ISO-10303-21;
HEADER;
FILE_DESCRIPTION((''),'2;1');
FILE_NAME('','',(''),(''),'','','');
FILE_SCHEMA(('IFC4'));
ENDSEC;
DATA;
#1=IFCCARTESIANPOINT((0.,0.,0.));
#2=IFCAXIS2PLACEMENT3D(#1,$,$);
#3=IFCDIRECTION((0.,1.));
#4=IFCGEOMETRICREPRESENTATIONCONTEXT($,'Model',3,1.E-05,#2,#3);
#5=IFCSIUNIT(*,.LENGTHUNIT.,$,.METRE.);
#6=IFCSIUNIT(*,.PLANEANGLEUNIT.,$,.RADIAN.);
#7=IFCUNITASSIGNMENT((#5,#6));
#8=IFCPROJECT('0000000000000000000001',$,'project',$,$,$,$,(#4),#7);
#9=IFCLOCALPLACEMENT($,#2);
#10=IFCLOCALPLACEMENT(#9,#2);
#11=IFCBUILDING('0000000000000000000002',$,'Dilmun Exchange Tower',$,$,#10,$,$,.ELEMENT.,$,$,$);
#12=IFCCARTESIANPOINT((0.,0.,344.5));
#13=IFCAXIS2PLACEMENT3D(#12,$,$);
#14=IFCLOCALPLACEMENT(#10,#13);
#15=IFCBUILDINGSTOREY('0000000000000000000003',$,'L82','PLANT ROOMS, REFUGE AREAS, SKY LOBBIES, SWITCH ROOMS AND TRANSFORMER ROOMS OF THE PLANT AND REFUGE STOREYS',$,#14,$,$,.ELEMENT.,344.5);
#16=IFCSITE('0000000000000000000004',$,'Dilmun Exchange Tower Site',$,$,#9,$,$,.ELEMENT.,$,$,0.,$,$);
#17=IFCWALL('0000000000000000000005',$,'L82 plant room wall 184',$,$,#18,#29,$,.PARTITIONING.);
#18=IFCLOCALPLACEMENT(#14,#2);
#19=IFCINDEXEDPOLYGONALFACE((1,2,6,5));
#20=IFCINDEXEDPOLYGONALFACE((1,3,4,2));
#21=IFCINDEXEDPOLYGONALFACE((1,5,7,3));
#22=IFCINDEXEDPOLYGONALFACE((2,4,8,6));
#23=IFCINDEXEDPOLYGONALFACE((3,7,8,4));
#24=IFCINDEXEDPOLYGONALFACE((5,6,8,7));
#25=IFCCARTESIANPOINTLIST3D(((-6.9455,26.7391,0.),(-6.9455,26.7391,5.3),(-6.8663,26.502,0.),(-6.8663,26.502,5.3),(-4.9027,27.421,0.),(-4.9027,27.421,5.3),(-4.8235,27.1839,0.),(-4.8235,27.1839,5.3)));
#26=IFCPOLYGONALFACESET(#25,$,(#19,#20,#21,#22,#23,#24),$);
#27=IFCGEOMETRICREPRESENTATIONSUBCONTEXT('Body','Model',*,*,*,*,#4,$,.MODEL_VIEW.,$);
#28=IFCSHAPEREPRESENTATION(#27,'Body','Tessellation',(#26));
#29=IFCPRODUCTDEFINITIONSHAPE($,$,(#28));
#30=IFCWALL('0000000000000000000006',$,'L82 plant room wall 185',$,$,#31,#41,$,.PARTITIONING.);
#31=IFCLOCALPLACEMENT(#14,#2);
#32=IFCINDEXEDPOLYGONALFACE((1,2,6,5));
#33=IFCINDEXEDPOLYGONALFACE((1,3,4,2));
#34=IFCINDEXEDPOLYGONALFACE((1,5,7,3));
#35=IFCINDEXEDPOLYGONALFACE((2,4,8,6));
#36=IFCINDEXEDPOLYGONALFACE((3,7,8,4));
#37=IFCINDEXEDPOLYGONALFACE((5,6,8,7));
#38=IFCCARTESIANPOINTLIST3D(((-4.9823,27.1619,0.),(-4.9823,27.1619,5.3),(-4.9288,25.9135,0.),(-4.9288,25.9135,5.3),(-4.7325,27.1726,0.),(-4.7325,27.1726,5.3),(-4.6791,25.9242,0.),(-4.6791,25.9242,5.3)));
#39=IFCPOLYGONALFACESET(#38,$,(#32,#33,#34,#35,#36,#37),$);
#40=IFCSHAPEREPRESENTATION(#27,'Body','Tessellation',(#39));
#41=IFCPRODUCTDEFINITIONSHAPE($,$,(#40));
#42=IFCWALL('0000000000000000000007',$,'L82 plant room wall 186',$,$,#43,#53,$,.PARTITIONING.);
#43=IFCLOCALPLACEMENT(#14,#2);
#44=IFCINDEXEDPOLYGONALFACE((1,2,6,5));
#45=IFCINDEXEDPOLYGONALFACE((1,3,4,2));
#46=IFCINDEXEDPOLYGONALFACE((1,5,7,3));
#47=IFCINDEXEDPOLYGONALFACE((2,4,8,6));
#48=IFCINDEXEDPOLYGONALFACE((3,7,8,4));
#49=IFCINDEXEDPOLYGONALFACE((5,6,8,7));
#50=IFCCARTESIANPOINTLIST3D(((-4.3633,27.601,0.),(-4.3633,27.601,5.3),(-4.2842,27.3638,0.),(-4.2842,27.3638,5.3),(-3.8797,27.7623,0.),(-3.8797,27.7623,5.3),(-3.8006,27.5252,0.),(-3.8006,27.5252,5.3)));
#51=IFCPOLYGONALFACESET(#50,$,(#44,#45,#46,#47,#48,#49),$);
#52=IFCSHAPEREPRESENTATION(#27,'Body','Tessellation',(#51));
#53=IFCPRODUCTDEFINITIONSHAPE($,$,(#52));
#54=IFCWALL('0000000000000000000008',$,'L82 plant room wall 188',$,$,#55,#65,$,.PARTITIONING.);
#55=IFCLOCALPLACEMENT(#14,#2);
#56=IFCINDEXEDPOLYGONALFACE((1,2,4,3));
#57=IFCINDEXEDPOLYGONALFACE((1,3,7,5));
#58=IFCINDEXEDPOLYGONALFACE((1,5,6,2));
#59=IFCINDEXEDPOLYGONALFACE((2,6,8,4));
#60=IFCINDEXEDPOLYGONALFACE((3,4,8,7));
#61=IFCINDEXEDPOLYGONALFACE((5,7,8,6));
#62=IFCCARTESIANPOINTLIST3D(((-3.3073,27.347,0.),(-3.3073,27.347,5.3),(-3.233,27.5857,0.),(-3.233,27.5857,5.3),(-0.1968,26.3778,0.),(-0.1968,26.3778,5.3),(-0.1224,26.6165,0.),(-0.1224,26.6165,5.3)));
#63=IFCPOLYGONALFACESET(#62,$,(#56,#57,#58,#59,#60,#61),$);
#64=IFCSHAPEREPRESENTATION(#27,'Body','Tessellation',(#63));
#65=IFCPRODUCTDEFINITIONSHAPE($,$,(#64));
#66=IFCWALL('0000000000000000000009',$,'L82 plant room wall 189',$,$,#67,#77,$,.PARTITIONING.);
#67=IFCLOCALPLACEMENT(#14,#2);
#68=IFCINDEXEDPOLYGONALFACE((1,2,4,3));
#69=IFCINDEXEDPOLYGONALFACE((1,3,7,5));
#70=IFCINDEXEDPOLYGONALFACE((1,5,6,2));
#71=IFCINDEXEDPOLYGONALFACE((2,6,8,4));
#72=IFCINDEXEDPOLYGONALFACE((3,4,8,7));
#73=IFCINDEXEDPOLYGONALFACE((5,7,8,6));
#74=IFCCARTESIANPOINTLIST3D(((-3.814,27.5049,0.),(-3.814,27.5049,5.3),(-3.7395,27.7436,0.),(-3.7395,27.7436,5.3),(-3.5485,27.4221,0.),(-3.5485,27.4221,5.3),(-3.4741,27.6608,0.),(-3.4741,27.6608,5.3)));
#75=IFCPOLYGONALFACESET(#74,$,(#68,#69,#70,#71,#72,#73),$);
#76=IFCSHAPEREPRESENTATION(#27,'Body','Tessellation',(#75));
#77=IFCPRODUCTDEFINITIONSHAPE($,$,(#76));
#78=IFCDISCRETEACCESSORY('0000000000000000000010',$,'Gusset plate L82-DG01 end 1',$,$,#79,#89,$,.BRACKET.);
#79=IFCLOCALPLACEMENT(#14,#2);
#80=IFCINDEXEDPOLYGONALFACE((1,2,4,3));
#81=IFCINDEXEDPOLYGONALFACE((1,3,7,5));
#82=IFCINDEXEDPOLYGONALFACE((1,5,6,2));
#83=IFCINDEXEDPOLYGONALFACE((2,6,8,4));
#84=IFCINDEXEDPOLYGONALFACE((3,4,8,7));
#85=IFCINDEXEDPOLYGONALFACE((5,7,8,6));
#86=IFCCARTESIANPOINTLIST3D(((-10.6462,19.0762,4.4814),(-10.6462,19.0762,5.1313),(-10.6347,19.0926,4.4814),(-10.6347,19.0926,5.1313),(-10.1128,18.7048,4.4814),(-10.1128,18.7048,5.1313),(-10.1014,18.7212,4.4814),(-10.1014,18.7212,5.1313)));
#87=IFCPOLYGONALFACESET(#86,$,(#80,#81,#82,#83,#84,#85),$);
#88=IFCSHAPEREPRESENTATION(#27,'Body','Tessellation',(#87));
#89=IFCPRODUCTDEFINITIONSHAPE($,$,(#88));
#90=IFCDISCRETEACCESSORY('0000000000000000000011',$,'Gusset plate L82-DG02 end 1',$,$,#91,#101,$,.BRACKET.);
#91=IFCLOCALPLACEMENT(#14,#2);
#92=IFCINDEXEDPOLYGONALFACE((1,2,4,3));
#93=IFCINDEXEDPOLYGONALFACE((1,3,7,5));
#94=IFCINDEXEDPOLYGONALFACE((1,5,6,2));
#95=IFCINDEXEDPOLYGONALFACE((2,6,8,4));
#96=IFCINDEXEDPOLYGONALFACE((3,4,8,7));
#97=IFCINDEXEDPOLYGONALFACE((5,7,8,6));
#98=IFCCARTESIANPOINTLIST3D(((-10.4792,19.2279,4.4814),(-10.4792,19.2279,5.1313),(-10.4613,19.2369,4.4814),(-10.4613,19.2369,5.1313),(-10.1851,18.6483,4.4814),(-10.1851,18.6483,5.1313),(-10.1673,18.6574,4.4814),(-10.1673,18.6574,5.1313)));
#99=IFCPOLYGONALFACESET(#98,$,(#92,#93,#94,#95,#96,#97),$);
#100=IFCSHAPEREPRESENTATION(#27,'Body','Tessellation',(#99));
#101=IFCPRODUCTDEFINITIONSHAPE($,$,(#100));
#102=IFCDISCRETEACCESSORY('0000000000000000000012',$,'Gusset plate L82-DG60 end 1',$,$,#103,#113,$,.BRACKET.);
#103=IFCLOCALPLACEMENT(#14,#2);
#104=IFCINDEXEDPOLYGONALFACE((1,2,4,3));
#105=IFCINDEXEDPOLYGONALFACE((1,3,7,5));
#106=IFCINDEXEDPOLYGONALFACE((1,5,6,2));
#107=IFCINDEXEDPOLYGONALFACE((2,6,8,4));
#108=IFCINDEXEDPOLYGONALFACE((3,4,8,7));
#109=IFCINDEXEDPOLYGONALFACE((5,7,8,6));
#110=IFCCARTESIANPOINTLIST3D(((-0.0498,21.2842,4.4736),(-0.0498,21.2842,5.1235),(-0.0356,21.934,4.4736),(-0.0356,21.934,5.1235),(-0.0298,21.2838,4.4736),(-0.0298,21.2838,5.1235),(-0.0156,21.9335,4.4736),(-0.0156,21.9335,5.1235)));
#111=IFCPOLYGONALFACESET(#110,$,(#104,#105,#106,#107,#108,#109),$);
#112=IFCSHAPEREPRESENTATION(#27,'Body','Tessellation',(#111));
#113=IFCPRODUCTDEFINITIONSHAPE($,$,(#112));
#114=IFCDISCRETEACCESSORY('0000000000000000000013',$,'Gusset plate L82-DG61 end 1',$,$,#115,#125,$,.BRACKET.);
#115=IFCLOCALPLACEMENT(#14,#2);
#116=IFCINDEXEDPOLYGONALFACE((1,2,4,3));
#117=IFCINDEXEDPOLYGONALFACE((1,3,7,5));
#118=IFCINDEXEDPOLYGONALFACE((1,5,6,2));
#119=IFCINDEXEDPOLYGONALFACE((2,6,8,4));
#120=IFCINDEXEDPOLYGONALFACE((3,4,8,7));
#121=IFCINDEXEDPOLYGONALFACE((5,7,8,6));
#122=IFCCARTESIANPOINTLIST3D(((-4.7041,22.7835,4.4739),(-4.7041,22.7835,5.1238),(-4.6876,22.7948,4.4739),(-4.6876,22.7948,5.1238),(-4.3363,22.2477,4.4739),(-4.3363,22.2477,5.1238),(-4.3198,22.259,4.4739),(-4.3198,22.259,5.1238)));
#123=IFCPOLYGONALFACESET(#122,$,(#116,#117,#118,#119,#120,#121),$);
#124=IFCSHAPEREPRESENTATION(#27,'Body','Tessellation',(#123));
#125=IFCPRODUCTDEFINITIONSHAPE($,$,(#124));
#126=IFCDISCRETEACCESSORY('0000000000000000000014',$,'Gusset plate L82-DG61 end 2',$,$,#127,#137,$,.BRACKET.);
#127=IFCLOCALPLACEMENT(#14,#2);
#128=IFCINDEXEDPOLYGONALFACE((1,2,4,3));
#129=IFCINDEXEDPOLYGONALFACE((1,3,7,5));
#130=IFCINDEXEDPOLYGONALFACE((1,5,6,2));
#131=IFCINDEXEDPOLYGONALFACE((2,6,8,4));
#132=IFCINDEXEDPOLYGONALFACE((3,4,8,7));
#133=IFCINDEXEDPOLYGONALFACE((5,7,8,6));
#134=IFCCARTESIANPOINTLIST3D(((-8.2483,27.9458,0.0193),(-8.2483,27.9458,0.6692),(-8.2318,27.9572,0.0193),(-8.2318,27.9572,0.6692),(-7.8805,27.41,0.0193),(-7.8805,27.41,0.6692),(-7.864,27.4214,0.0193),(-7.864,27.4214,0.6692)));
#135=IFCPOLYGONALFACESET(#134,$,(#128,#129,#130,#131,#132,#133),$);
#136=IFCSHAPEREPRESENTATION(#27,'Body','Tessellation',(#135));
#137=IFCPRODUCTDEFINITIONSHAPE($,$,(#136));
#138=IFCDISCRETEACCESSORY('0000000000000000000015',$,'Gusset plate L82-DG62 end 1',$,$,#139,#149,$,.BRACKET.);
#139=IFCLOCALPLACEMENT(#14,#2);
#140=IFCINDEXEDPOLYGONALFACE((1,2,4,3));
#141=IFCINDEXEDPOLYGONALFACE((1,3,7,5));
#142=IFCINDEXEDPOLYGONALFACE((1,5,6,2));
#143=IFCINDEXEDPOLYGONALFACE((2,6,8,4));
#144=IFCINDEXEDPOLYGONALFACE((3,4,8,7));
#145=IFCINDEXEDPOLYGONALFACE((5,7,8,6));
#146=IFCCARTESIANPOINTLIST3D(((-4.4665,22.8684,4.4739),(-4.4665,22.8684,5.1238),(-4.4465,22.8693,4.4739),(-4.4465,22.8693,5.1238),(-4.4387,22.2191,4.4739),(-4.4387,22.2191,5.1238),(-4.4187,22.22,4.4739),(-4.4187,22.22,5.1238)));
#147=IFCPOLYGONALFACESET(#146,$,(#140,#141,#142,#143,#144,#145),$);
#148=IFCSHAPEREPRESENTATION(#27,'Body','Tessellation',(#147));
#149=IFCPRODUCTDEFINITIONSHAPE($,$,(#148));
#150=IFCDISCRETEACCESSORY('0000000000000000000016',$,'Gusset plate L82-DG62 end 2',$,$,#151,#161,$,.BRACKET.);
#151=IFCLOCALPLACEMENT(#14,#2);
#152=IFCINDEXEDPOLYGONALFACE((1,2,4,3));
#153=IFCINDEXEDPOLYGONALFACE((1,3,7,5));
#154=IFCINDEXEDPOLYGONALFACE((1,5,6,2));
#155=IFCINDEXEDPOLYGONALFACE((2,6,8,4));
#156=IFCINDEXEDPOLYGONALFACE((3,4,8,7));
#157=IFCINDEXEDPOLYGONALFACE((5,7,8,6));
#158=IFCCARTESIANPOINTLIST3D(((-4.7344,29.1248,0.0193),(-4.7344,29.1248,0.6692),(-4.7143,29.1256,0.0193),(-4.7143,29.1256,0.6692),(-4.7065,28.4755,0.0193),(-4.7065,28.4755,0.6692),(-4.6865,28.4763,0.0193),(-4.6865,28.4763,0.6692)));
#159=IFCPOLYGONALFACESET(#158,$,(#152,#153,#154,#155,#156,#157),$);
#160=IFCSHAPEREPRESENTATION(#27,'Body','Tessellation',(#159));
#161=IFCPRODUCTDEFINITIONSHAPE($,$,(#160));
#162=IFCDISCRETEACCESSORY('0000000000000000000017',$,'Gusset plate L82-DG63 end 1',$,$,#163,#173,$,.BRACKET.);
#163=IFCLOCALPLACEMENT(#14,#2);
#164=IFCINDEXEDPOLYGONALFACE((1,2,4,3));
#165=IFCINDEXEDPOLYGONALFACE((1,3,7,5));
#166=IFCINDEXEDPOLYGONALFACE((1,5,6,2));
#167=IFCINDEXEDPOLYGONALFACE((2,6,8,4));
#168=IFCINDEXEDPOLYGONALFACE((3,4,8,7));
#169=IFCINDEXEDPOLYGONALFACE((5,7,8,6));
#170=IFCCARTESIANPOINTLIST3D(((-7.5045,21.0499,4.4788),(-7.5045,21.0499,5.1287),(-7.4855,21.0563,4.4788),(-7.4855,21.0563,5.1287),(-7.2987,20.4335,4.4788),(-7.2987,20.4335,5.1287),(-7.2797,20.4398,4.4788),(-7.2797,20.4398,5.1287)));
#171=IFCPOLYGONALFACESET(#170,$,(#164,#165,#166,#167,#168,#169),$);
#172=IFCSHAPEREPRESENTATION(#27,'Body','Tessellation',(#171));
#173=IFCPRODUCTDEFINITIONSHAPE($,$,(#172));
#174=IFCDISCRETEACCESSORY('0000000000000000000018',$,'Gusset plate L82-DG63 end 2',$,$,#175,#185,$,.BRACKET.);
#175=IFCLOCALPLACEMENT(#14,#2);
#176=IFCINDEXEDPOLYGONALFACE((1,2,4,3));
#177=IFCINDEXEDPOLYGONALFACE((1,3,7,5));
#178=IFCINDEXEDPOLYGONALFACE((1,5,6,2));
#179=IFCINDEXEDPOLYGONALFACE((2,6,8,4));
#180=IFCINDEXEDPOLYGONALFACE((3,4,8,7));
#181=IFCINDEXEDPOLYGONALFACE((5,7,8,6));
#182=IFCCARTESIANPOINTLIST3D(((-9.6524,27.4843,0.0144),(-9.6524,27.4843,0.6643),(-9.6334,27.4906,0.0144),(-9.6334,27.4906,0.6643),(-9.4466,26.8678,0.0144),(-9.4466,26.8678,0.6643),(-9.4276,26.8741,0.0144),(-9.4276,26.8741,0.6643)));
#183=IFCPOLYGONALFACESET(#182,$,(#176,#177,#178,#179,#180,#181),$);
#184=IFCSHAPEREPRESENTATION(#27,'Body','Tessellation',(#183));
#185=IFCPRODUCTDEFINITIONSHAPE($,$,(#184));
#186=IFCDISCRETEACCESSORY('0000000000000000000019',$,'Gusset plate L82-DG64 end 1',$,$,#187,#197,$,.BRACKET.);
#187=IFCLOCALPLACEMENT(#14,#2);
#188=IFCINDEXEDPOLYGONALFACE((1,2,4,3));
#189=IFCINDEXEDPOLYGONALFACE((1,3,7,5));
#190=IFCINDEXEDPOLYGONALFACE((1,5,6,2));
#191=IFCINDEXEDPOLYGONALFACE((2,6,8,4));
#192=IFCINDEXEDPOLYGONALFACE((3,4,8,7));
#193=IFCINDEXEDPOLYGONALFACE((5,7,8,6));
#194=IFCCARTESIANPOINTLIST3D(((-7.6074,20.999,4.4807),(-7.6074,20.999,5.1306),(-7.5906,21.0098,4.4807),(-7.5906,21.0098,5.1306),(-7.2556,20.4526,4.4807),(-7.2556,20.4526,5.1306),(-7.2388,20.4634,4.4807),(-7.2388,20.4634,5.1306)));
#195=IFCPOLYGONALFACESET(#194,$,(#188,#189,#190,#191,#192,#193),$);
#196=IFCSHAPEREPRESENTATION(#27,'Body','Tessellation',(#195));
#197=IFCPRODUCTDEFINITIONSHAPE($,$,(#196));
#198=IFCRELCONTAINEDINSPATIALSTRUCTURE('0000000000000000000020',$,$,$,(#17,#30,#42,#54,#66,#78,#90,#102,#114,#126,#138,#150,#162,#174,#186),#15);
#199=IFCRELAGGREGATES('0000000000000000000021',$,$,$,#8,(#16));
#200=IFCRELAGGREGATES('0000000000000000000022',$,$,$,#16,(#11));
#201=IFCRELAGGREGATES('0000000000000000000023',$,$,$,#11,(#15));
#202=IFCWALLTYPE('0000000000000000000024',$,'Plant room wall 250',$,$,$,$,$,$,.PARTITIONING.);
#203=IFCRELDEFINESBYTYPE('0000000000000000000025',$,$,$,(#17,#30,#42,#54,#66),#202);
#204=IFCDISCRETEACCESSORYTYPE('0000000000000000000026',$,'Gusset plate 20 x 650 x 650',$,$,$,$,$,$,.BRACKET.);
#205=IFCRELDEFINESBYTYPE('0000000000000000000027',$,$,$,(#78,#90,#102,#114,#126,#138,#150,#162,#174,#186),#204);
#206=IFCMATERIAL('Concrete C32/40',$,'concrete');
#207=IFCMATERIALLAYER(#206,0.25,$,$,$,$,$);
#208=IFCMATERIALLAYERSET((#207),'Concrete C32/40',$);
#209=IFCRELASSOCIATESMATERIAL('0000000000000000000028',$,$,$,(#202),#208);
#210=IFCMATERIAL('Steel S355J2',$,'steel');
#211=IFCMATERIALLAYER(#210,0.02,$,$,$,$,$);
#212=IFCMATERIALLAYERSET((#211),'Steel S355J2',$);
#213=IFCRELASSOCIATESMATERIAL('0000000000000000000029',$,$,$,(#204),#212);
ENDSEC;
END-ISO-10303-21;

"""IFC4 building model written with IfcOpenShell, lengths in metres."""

from ifc_helpers import new_model, si_unit, direction, frame, frame_2d, origin, origin_2d, place, context, subcontext, project, spatial, rectangle, extrude, material, layer, layer_set, type_object, element, save


model = new_model("IFC4")

# Units and contexts
model_context = context("Model", 3, precision=1e-05, world=origin(), true_north=direction((0.0, 1.0)))
body_context = subcontext(model_context, "Body", "Model", "MODEL_VIEW")
ifc_project = project(units=[si_unit("LENGTHUNIT", "METRE"), si_unit("PLANEANGLEUNIT", "RADIAN")], contexts=[model_context])

# Site, building, storey
site_placement = place(None, origin())
site = spatial("IfcSite", under=ifc_project, at=site_placement, Name="Dilmun Exchange Tower Site", CompositionType="ELEMENT", RefElevation=0.0)
building_placement = place(site_placement, origin())
building = spatial("IfcBuilding", under=site, at=building_placement, Name="Dilmun Exchange Tower", CompositionType="ELEMENT")
storey_placement = place(building_placement, frame((0.0, 0.0, 344.5)))
storey = spatial("IfcBuildingStorey", under=building, at=storey_placement, Name="L82", Description="PLANT ROOMS, REFUGE AREAS, SKY LOBBIES, SWITCH ROOMS AND TRANSFORMER ROOMS OF THE PLANT AND REFUGE STOREYS", CompositionType="ELEMENT", Elevation=344.5)

# Walls
ifc_material_1 = material(Name="Concrete C32/40", Category="concrete")
ifc_layer_1 = layer(ifc_material_1, 0.25)
ifc_layer_set_1 = layer_set([ifc_layer_1], Name="Concrete C32/40")
wall_type = type_object("IfcWallType", Name="Plant room wall 250", PredefinedType="PARTITIONING", material=ifc_layer_set_1)
wall_1_placement = place(storey_placement, frame((-6.9058, 26.6206, 0.0), z_axis=(0.0, 0.0, 1.0), x_axis=(0.948547, 0.316636, 0.0)))
element("IfcWall", 1, at=wall_1_placement, inside=storey, type_object=wall_type, Name="L82 plant room wall 184", PredefinedType="PARTITIONING", context=body_context, shape_type="SweptSolid", body=[
    extrude(rectangle(XDim=2.1536, YDim=0.25, at=frame_2d((1.0767, 0.0))), origin(), (0.0, 0.0, 1.0), 5.3),
])
wall_2_placement = place(storey_placement, frame((-4.8574, 27.1672, 0.0), z_axis=(0.0, 0.0, 1.0), x_axis=(0.042793, -0.999084, 0.0)))
element("IfcWall", 2, at=wall_2_placement, inside=storey, type_object=wall_type, Name="L82 plant room wall 185", PredefinedType="PARTITIONING", context=body_context, shape_type="SweptSolid", body=[
    extrude(rectangle(XDim=1.2495, YDim=0.25, at=frame_2d((0.6248, 0.0))), origin(), (0.0, 0.0, 1.0), 5.3),
])
wall_3_placement = place(storey_placement, frame((-4.3237, 27.4824, 0.0), z_axis=(0.0, 0.0, 1.0), x_axis=(0.948587, 0.316515, 0.0)))
element("IfcWall", 3, at=wall_3_placement, inside=storey, type_object=wall_type, Name="L82 plant room wall 186", PredefinedType="PARTITIONING", context=body_context, shape_type="SweptSolid", body=[
    extrude(rectangle(XDim=0.5098, YDim=0.25, at=frame_2d((0.2549, 0.0))), origin(), (0.0, 0.0, 1.0), 5.3),
])
wall_4_placement = place(storey_placement, frame((-3.27, 27.4663, 0.0), z_axis=(0.0, 0.0, 1.0), x_axis=(0.954726, -0.297486, 0.0)))
element("IfcWall", 4, at=wall_4_placement, inside=storey, type_object=wall_type, Name="L82 plant room wall 188", PredefinedType="PARTITIONING", context=body_context, shape_type="SweptSolid", body=[
    extrude(rectangle(XDim=3.2581, YDim=0.25, at=frame_2d((1.6289, 0.0))), origin(), (0.0, 0.0, 1.0), 5.3),
])
wall_5_placement = place(storey_placement, frame((-3.7769, 27.6243, 0.0), z_axis=(0.0, 0.0, 1.0), x_axis=(0.954652, -0.297725, 0.0)))
element("IfcWall", 5, at=wall_5_placement, inside=storey, type_object=wall_type, Name="L82 plant room wall 189", PredefinedType="PARTITIONING", context=body_context, shape_type="SweptSolid", body=[
    extrude(rectangle(XDim=0.2781, YDim=0.25, at=frame_2d((0.1392, 0.0))), origin(), (0.0, 0.0, 1.0), 5.3),
])

# Discrete accessories
ifc_material_2 = material(Name="Steel S355J2", Category="steel")
ifc_layer_2 = layer(ifc_material_2, 0.02)
ifc_layer_set_2 = layer_set([ifc_layer_2], Name="Steel S355J2")
discrete_accessory_type = type_object("IfcDiscreteAccessoryType", Name="Gusset plate 20 x 650 x 650", PredefinedType="BRACKET", material=ifc_layer_set_2)
for number, where, z_axis, x_axis, name in (
    (6, (-10.3738, 18.8987, 4.4814), (0.0, 0.0, 1.0), (-0.820657, 0.571421, 0.0), "Gusset plate L82-DG01 end 1"),
    (7, (-10.3232, 18.9426, 4.4814), (0.0, 0.0, 1.0), (-0.452477, 0.891776, 0.0), "Gusset plate L82-DG02 end 1"),
    (8, (-0.0327, 21.6089, 4.4736), (0.0, 0.0, 1.0), (0.021904, 0.99976, 0.0), "Gusset plate L82-DG60 end 1"),
    (9, (-4.512, 22.5212, 4.4739), (0.0, 0.0, 1.0), (-0.56597, 0.824426, 0.0), "Gusset plate L82-DG61 end 1"),
    (10, (-8.0562, 27.6836, 0.0193), (0.0, 0.0, 1.0), (-0.56597, 0.824426, 0.0), "Gusset plate L82-DG61 end 2"),
    (11, (-4.4426, 22.5442, 4.4739), (0.0, 0.0, 1.0), (-0.042777, 0.999085, 0.0), "Gusset plate L82-DG62 end 1"),
    (12, (-4.7104, 28.8005, 0.0193), (0.0, 0.0, 1.0), (-0.042777, 0.999085, 0.0), "Gusset plate L82-DG62 end 2"),
    (13, (-7.3921, 20.7449, 4.4788), (0.0, 0.0, 1.0), (-0.316649, 0.948543, 0.0), "Gusset plate L82-DG63 end 1"),
    (14, (-9.54, 27.1792, 0.0144), (0.0, 0.0, 1.0), (-0.316649, 0.948543, 0.0), "Gusset plate L82-DG63 end 2"),
    (15, (-7.4231, 20.7312, 4.4807), (0.0, 0.0, 1.0), (-0.541318, 0.840818, 0.0), "Gusset plate L82-DG64 end 1"),
):
    element("IfcDiscreteAccessory", number, at=place(storey_placement, frame(where, z_axis=z_axis, x_axis=x_axis)), inside=storey, type_object=discrete_accessory_type, Name=name, PredefinedType="BRACKET", context=body_context, shape_type="SweptSolid", body=[
        extrude(rectangle(XDim=0.6499, YDim=0.02, at=origin_2d()), origin(), (0.0, 0.0, 1.0), 0.6499),
    ])

save(model, "model.ifc")
